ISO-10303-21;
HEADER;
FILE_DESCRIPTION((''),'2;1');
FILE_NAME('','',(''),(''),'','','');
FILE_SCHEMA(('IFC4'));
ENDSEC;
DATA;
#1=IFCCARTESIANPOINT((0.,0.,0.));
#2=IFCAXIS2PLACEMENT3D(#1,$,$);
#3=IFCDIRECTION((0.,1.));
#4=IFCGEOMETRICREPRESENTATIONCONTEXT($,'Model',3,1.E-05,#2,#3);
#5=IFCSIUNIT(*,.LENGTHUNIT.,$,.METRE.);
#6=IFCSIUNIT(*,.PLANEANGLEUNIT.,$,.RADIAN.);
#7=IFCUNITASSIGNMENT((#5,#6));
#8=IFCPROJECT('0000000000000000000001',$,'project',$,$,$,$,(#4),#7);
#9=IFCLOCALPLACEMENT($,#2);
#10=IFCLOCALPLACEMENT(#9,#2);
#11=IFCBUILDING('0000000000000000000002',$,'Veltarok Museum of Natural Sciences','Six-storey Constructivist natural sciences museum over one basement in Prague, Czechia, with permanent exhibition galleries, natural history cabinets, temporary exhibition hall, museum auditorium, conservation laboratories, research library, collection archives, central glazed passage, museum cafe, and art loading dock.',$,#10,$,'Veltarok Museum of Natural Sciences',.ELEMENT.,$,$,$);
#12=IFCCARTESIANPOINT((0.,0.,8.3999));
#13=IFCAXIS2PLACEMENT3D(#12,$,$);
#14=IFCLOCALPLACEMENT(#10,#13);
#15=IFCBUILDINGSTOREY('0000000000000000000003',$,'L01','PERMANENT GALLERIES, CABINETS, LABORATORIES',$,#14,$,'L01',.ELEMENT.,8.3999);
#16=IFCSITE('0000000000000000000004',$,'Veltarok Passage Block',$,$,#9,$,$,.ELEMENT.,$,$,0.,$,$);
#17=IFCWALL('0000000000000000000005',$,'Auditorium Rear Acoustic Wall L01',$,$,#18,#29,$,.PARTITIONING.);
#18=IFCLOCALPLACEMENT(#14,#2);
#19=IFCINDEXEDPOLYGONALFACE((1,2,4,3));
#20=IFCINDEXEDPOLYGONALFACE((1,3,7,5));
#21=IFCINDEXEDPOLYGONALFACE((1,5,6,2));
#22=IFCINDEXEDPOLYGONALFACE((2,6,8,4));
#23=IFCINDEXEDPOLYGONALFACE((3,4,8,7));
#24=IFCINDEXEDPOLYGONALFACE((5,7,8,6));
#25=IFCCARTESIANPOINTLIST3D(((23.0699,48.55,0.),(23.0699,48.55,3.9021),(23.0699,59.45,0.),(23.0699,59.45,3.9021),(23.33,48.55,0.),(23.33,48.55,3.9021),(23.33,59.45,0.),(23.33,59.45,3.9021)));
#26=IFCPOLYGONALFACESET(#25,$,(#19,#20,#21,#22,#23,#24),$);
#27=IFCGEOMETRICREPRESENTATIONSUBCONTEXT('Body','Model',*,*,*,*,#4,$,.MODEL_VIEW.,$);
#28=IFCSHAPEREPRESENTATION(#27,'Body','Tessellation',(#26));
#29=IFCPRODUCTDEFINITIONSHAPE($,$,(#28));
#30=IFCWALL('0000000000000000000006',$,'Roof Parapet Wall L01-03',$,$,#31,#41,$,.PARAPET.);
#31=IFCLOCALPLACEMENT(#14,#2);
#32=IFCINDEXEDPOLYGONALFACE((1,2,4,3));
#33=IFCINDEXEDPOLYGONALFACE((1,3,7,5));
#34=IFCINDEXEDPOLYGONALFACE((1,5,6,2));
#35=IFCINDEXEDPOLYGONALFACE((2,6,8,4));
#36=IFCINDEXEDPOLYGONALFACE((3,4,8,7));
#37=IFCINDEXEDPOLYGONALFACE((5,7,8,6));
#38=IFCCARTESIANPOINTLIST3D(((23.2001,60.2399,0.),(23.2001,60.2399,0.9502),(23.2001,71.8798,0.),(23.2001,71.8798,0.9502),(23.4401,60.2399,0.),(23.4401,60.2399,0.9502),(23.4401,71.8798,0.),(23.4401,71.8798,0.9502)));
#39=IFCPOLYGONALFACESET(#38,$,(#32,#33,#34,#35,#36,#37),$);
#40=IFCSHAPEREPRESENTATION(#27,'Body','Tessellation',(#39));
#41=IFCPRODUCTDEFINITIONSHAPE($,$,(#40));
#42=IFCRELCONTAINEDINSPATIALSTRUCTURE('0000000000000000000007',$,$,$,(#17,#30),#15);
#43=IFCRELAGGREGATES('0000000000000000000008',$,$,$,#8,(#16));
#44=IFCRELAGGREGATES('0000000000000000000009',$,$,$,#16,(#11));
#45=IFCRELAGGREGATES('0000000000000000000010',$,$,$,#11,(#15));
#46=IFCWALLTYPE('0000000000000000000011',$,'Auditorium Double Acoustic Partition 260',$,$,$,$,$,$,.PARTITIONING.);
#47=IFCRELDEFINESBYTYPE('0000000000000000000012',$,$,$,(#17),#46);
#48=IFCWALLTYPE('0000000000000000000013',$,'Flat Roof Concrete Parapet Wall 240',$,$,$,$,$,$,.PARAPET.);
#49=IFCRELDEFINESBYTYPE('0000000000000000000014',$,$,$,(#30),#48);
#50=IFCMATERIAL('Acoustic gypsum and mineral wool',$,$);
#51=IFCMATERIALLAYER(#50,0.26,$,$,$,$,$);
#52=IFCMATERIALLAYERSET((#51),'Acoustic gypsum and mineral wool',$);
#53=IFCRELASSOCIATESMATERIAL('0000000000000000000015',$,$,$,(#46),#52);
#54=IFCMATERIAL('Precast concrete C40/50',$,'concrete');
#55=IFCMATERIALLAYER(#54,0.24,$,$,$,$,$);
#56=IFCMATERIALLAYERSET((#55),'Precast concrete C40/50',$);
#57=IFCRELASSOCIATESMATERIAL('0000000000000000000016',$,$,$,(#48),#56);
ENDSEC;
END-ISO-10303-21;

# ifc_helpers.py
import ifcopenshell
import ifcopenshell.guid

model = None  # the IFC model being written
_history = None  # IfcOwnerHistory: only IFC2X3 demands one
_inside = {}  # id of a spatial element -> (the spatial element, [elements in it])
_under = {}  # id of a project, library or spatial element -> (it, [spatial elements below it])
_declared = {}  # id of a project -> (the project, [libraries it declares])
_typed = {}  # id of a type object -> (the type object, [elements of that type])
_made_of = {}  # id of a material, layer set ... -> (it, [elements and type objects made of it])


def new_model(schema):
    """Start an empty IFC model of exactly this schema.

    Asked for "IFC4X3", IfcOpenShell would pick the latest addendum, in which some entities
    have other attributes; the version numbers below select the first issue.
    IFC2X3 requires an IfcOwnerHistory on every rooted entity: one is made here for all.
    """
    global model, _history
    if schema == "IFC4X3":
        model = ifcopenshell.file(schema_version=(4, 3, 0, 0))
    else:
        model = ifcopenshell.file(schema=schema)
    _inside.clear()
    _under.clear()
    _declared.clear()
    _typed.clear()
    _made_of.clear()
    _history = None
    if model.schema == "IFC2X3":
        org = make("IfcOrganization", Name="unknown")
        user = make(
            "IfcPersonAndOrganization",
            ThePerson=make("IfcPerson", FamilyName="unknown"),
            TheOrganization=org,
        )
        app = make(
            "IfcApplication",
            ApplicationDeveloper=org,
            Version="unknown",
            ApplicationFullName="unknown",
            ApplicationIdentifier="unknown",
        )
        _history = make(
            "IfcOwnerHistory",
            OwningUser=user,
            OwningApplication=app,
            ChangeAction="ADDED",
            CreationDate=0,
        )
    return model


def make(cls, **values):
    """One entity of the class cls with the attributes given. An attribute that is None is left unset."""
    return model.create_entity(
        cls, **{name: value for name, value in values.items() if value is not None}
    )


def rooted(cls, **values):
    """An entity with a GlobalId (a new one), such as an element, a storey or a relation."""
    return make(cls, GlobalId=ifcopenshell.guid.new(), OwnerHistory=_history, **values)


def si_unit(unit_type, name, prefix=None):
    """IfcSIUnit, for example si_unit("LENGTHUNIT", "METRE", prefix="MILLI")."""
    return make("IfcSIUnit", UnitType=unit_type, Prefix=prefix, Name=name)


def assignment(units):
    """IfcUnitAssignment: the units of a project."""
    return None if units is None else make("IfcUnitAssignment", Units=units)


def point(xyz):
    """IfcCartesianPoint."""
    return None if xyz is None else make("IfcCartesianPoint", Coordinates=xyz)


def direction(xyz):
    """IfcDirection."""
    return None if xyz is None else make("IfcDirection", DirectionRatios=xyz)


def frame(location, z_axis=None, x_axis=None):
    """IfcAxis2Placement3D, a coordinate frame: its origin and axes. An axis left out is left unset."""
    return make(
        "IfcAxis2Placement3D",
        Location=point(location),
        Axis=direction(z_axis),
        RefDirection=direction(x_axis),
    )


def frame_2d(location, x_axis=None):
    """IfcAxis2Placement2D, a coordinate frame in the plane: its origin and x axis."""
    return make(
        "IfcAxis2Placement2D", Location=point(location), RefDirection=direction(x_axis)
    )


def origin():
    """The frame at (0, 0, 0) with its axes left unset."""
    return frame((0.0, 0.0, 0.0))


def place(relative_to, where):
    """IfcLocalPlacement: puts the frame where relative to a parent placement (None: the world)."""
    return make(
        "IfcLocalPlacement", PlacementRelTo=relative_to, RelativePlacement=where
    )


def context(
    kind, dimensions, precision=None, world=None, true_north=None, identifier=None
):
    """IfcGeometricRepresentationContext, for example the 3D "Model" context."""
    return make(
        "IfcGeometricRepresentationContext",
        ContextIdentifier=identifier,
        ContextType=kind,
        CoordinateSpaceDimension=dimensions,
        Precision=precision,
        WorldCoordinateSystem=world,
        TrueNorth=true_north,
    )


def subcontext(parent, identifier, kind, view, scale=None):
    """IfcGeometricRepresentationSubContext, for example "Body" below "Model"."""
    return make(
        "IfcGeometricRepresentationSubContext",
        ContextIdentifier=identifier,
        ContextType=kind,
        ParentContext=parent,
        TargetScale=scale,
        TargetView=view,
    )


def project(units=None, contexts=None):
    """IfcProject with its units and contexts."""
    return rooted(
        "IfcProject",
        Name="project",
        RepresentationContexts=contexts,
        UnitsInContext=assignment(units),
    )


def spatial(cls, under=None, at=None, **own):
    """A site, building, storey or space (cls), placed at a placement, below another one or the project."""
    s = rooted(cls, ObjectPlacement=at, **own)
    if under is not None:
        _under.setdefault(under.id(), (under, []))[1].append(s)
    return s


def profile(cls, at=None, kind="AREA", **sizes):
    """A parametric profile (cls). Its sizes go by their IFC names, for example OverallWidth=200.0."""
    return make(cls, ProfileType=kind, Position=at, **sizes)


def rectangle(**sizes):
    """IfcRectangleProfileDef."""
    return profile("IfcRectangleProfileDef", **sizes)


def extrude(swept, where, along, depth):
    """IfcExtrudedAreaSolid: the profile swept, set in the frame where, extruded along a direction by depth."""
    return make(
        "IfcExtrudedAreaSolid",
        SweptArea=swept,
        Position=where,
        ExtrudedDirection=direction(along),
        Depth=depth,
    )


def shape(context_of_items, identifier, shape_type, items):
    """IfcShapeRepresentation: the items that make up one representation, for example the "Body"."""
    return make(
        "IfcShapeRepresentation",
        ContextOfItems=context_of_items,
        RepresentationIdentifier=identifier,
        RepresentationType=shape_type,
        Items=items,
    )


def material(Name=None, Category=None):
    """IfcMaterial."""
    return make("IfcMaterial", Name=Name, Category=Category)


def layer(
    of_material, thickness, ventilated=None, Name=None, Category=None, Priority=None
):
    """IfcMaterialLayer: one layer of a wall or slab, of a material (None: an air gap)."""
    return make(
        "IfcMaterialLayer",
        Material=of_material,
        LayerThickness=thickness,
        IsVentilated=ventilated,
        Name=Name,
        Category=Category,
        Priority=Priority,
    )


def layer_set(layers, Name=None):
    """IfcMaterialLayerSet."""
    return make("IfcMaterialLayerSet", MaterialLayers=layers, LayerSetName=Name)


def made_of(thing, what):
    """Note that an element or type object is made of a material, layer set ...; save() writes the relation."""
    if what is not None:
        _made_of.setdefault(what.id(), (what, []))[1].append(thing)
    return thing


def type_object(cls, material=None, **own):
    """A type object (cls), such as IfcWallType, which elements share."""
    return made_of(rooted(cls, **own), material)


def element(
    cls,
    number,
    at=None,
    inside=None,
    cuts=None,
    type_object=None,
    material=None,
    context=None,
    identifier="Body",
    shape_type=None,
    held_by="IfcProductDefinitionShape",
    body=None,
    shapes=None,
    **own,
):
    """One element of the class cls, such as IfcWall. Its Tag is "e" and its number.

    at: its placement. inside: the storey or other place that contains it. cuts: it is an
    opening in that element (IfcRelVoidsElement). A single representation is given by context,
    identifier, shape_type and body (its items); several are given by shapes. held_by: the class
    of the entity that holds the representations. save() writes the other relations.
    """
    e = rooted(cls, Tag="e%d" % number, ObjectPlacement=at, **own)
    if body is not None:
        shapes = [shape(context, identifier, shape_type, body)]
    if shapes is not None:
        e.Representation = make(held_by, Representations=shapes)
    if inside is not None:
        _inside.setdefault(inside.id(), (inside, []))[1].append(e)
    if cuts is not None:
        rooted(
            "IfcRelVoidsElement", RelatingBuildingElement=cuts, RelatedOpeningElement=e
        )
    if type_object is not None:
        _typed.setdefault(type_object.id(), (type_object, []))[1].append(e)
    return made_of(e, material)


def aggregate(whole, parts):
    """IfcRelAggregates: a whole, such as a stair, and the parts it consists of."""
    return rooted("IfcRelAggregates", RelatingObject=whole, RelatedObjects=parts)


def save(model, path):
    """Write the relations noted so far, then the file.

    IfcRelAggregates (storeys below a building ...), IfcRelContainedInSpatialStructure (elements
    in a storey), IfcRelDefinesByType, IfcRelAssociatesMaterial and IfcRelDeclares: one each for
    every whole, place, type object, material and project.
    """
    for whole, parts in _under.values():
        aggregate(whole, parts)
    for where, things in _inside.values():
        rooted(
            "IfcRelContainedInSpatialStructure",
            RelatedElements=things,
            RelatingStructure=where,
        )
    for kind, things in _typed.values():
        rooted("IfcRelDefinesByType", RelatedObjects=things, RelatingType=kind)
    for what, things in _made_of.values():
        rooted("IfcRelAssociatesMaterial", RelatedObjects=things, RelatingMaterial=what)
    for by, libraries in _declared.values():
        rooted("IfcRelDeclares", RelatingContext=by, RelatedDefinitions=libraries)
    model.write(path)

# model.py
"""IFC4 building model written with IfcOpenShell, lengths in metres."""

from ifc_helpers import new_model, si_unit, direction, frame, frame_2d, origin, place, context, subcontext, project, spatial, rectangle, extrude, material, layer, layer_set, type_object, element, save


model = new_model("IFC4")

# Units and contexts
model_context = context("Model", 3, precision=1e-05, world=origin(), true_north=direction((0.0, 1.0)))
body_context = subcontext(model_context, "Body", "Model", "MODEL_VIEW")
ifc_project = project(units=[si_unit("LENGTHUNIT", "METRE"), si_unit("PLANEANGLEUNIT", "RADIAN")], contexts=[model_context])

# Site, building, storey
site_placement = place(None, origin())
site = spatial("IfcSite", under=ifc_project, at=site_placement, Name="Veltarok Passage Block", CompositionType="ELEMENT", RefElevation=0.0)
building_placement = place(site_placement, origin())
building = spatial("IfcBuilding", under=site, at=building_placement, Name="Veltarok Museum of Natural Sciences", Description="Six-storey Constructivist natural sciences museum over one basement in Prague, Czechia, with permanent exhibition galleries, natural history cabinets, temporary exhibition hall, museum auditorium, conservation laboratories, research library, collection archives, central glazed passage, museum cafe, and art loading dock.", LongName="Veltarok Museum of Natural Sciences", CompositionType="ELEMENT")
storey_placement = place(building_placement, frame((0.0, 0.0, 8.3999)))
storey = spatial("IfcBuildingStorey", under=building, at=storey_placement, Name="L01", Description="PERMANENT GALLERIES, CABINETS, LABORATORIES", LongName="L01", CompositionType="ELEMENT", Elevation=8.3999)

# Walls
ifc_material_1 = material(Name="Acoustic gypsum and mineral wool")
ifc_layer_1 = layer(ifc_material_1, 0.26)
ifc_layer_set_1 = layer_set([ifc_layer_1], Name="Acoustic gypsum and mineral wool")
wall_type_1 = type_object("IfcWallType", Name="Auditorium Double Acoustic Partition 260", PredefinedType="PARTITIONING", material=ifc_layer_set_1)
wall_1_placement = place(storey_placement, frame((23.2, 48.55, 0.0), z_axis=(0.0, 0.0, 1.0), x_axis=(0.0, 1.0, 0.0)))
element("IfcWall", 1, at=wall_1_placement, inside=storey, type_object=wall_type_1, Name="Auditorium Rear Acoustic Wall L01", PredefinedType="PARTITIONING", context=body_context, shape_type="SweptSolid", body=[
    extrude(rectangle(XDim=10.8999, YDim=0.26, at=frame_2d((5.45, 0.0))), origin(), (0.0, 0.0, 1.0), 3.9021),
])
ifc_material_2 = material(Name="Precast concrete C40/50", Category="concrete")
ifc_layer_2 = layer(ifc_material_2, 0.24)
ifc_layer_set_2 = layer_set([ifc_layer_2], Name="Precast concrete C40/50")
wall_type_2 = type_object("IfcWallType", Name="Flat Roof Concrete Parapet Wall 240", PredefinedType="PARAPET", material=ifc_layer_set_2)
wall_2_placement = place(storey_placement, frame((23.3201, 60.24, 0.0), z_axis=(0.0, 0.0, 1.0), x_axis=(0.0, 1.0, 0.0)))
element("IfcWall", 2, at=wall_2_placement, inside=storey, type_object=wall_type_2, Name="Roof Parapet Wall L01-03", PredefinedType="PARAPET", context=body_context, shape_type="SweptSolid", body=[
    extrude(rectangle(XDim=11.6399, YDim=0.24, at=frame_2d((5.8198, 0.0))), origin(), (0.0, 0.0, 1.0), 0.9502),
])

save(model, "model.ifc")
